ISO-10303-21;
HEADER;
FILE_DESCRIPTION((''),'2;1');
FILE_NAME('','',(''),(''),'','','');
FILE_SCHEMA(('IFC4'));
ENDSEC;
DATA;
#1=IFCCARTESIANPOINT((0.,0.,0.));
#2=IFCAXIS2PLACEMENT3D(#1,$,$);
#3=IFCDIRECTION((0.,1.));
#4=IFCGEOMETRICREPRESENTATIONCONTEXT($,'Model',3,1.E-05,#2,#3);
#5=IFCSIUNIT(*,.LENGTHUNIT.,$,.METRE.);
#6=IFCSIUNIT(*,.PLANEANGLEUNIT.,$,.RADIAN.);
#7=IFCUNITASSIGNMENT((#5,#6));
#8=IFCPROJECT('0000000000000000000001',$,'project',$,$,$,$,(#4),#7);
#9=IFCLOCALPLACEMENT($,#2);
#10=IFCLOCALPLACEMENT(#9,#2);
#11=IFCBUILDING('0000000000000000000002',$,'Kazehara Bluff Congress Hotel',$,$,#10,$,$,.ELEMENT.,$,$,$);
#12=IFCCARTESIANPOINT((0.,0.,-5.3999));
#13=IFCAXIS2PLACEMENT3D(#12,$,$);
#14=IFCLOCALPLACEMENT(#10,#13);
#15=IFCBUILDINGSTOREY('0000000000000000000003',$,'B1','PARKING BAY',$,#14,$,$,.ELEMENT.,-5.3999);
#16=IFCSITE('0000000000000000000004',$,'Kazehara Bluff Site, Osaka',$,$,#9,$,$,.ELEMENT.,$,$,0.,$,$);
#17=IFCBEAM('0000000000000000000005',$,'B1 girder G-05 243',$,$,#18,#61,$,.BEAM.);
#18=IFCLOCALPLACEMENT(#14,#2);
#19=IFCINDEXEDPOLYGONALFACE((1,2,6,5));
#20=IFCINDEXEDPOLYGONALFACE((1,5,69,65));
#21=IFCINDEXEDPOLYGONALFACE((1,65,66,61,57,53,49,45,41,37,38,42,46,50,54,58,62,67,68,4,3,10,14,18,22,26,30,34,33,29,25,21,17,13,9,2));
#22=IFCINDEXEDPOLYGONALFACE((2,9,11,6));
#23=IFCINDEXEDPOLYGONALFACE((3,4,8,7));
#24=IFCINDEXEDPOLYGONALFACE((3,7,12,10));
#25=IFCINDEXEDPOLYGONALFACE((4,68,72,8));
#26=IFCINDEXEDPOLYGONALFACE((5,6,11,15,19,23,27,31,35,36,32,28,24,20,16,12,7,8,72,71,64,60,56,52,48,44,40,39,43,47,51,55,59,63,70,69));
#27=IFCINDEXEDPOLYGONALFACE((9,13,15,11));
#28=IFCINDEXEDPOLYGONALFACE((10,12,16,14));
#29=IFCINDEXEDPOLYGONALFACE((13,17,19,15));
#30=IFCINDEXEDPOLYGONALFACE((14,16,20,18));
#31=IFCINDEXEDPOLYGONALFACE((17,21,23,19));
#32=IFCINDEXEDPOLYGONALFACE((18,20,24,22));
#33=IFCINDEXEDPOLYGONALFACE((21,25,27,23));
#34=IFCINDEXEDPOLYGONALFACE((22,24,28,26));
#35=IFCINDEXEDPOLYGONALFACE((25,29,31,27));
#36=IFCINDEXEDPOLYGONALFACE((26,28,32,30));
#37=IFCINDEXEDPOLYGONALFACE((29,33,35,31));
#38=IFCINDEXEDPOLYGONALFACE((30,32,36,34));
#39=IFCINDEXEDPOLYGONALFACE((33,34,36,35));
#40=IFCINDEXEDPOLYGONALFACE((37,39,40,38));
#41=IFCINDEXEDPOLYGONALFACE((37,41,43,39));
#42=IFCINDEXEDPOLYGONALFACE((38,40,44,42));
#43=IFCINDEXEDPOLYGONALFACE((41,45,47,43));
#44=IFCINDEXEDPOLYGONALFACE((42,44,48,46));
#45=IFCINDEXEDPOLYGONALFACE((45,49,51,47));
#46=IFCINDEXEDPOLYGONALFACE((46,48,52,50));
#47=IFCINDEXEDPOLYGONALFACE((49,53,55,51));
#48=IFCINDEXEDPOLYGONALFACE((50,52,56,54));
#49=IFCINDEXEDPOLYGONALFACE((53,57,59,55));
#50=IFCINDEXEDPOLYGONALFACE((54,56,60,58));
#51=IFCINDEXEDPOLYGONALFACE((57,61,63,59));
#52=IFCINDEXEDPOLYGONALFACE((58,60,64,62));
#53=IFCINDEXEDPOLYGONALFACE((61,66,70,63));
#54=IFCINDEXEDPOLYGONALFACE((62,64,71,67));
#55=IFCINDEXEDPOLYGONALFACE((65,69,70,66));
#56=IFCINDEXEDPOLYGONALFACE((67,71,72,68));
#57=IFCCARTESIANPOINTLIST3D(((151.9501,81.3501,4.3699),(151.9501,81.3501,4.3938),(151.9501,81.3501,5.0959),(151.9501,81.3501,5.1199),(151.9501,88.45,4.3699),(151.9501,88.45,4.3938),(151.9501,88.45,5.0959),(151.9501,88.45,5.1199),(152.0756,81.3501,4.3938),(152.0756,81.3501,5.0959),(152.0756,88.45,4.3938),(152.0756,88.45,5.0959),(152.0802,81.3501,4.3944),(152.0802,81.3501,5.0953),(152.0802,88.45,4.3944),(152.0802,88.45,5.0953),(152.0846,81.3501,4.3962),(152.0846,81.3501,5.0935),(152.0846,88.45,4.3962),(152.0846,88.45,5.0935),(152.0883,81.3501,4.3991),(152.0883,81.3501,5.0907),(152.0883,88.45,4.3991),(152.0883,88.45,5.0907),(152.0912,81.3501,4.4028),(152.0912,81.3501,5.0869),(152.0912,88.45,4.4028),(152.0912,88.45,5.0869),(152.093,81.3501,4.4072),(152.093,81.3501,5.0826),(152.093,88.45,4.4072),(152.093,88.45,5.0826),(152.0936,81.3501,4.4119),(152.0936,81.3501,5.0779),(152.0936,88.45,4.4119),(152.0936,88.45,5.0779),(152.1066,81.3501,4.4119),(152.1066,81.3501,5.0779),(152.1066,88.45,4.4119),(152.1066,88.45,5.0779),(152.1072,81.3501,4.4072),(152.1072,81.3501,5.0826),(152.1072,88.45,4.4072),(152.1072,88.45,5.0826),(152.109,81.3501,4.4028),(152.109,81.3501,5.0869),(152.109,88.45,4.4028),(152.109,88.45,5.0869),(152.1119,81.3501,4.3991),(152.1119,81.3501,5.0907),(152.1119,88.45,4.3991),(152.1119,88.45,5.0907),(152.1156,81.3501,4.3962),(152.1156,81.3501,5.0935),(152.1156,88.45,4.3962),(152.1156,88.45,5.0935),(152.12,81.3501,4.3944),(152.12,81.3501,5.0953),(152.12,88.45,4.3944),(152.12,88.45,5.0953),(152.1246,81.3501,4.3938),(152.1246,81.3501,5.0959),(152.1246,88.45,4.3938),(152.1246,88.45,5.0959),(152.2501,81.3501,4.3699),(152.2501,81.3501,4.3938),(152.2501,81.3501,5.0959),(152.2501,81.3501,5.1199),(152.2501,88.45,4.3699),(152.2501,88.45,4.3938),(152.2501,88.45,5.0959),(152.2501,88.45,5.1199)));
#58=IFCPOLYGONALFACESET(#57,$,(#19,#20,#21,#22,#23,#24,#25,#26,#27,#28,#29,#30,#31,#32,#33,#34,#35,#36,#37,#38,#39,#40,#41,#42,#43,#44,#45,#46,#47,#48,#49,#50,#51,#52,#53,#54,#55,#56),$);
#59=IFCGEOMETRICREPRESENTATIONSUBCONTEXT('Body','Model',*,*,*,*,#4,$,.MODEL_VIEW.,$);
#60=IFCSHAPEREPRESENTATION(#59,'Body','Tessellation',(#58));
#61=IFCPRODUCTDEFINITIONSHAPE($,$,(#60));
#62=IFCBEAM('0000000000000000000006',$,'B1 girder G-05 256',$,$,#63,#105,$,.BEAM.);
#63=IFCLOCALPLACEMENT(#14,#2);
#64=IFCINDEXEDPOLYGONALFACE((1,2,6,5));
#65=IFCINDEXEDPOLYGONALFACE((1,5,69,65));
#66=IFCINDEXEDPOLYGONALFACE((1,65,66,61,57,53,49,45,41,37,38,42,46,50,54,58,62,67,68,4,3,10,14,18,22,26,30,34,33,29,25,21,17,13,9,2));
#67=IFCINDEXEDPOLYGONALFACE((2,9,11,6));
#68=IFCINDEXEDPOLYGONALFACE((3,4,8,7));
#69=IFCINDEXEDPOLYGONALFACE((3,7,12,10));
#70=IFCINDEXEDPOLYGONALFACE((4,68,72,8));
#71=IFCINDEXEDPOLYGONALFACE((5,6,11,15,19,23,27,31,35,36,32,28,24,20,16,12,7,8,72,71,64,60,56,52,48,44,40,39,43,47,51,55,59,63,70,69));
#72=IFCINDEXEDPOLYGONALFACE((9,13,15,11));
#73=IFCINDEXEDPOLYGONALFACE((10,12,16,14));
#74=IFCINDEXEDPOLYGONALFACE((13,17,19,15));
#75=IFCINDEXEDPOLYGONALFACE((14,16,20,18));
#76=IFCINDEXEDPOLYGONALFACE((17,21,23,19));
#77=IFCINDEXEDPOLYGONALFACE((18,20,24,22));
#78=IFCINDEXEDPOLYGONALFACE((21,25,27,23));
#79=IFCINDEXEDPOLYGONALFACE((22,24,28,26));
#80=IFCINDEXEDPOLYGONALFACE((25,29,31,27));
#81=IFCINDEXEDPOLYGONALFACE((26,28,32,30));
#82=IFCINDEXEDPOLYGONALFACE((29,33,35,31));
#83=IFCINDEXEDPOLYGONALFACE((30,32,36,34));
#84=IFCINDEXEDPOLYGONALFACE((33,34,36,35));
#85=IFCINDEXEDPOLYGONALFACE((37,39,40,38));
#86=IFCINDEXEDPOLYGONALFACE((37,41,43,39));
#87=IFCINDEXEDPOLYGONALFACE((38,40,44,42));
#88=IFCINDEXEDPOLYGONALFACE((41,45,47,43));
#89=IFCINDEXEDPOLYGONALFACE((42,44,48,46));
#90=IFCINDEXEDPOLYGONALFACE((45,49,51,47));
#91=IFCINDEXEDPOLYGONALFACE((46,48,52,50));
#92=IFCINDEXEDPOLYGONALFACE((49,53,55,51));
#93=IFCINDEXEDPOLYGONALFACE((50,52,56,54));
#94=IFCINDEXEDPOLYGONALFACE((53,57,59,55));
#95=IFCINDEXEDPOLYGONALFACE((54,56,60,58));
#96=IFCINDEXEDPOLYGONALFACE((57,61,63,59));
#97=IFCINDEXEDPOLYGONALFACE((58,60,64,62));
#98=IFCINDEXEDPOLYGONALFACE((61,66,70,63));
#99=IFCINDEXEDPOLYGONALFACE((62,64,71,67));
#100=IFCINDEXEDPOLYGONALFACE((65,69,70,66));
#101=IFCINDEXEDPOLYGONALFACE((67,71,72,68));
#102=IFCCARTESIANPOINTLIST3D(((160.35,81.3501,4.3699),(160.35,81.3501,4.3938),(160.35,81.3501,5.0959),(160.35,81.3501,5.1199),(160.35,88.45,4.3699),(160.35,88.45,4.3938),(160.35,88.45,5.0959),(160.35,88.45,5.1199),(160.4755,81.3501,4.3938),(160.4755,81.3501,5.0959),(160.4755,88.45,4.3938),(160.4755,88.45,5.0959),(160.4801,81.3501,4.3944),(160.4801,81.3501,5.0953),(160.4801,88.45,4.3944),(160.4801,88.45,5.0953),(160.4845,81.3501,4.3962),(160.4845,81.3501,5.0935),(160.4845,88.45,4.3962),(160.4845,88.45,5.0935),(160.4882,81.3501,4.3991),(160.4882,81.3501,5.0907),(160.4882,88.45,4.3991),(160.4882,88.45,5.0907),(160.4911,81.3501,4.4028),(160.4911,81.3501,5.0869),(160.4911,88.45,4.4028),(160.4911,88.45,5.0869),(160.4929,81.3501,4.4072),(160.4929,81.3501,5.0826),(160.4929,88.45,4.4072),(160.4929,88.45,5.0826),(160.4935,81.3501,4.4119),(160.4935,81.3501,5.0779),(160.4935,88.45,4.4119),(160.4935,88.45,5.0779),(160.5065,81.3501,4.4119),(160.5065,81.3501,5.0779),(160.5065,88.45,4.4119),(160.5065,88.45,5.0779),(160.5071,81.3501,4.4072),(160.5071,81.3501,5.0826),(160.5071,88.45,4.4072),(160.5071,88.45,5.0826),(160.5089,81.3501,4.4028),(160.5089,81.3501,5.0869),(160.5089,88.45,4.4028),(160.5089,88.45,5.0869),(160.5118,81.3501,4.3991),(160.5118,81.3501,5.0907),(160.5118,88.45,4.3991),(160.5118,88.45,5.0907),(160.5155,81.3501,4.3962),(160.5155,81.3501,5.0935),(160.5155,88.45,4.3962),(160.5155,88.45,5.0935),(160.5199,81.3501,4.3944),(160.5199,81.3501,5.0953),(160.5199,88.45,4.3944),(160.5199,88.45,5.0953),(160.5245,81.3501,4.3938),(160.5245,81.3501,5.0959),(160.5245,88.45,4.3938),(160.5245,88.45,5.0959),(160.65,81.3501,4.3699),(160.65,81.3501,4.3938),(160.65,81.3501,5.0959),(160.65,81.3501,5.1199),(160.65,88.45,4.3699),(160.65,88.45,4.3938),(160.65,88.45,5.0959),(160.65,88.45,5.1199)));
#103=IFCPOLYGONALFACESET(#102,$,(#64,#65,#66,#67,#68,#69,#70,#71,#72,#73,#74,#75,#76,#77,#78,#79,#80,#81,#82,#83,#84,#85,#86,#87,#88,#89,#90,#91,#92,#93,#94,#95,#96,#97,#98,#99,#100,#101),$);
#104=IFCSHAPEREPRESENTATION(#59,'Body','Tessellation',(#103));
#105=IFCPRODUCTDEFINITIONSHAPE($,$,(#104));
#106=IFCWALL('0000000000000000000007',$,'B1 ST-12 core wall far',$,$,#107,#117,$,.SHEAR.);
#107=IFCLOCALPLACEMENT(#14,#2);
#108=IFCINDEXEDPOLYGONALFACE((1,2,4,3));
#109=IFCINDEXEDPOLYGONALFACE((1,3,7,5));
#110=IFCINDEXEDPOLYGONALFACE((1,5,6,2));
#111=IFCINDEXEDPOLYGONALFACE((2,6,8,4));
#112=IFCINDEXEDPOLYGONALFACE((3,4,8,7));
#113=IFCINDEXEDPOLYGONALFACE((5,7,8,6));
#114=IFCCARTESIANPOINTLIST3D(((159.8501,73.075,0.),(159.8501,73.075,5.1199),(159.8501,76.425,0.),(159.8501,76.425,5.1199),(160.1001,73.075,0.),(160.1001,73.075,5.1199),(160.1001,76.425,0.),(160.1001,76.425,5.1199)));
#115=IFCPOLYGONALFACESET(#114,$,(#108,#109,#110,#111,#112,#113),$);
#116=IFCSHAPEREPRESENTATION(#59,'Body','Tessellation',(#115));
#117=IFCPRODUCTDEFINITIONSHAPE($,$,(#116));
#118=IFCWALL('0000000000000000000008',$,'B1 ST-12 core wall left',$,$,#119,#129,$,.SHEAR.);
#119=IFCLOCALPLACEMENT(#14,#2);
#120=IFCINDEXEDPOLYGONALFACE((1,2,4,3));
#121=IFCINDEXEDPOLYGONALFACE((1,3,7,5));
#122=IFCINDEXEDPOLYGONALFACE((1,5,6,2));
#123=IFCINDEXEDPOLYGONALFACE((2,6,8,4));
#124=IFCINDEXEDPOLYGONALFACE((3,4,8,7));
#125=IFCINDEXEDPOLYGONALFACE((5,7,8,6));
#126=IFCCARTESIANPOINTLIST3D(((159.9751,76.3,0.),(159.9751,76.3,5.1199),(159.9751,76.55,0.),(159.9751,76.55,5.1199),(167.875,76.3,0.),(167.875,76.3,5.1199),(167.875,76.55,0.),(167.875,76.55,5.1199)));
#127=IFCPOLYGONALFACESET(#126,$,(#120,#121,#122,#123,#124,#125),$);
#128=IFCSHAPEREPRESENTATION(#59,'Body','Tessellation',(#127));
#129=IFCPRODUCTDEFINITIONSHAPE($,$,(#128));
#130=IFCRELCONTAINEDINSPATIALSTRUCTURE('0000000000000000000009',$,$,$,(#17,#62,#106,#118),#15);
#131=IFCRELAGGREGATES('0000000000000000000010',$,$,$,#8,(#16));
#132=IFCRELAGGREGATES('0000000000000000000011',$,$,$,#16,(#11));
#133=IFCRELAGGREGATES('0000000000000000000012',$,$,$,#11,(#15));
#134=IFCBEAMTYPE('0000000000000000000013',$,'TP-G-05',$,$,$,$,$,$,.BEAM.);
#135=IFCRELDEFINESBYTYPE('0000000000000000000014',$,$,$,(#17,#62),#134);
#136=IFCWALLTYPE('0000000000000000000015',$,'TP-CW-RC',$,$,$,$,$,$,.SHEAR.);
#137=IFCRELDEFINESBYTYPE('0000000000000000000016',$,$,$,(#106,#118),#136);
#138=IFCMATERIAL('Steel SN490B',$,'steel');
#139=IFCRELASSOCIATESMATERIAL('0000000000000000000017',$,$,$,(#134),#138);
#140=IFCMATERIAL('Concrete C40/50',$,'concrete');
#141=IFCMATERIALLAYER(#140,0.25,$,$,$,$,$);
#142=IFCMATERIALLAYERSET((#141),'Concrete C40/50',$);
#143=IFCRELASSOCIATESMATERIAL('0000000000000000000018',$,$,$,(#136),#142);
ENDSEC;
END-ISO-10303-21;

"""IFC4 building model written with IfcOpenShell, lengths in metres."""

from ifc_helpers import new_model, si_unit, direction, frame, frame_2d, origin, origin_2d, place, context, subcontext, project, spatial, rectangle, i_section, extrude, material, layer, layer_set, material_profile, profile_set, type_object, element, save


model = new_model("IFC4")

# Units and contexts
model_context = context("Model", 3, precision=1e-05, world=origin(), true_north=direction((0.0, 1.0)))
body_context = subcontext(model_context, "Body", "Model", "MODEL_VIEW")
ifc_project = project(units=[si_unit("LENGTHUNIT", "METRE"), si_unit("PLANEANGLEUNIT", "RADIAN")], contexts=[model_context])

# Site, building, storey
site_placement = place(None, origin())
site = spatial("IfcSite", under=ifc_project, at=site_placement, Name="Kazehara Bluff Site, Osaka", CompositionType="ELEMENT", RefElevation=0.0)
building_placement = place(site_placement, origin())
building = spatial("IfcBuilding", under=site, at=building_placement, Name="Kazehara Bluff Congress Hotel", CompositionType="ELEMENT")
storey_placement = place(building_placement, frame((0.0, 0.0, -5.3999)))
storey = spatial("IfcBuildingStorey", under=building, at=storey_placement, Name="B1", Description="PARKING BAY", CompositionType="ELEMENT", Elevation=-5.3999)

# Beams
ifc_material_1 = material(Name="Steel SN490B", Category="steel")
ifc_material_profile_1 = material_profile(ifc_material_1, i_section(OverallWidth=0.3, OverallDepth=0.75, WebThickness=0.0129, FlangeThickness=0.0239, FilletRadius=0.0181, at=origin_2d()))
ifc_profile_set_1 = profile_set([ifc_material_profile_1], Name="Steel SN490B")
beam_type_1 = type_object("IfcBeamType", Name="TP-G-05", PredefinedType="BEAM", material=ifc_profile_set_1)
for number, where, z_axis, x_axis, name in (
    (1, (152.1001, 81.3501, 4.7449), (0.0, 1.0, 0.0), (-1.0, 0.0, 0.0), "B1 girder G-05 243"),
    (2, (160.5, 81.3501, 4.7449), (0.0, 1.0, 0.0), (-1.0, 0.0, 0.0), "B1 girder G-05 256"),
):
    element("IfcBeam", number, at=place(storey_placement, frame(where, z_axis=z_axis, x_axis=x_axis)), inside=storey, type_object=beam_type_1, Name=name, PredefinedType="BEAM", context=body_context, shape_type="SweptSolid", body=[
        extrude(i_section(OverallWidth=0.3, OverallDepth=0.75, WebThickness=0.0129, FlangeThickness=0.0239, FilletRadius=0.0181, at=origin_2d()), origin(), (0.0, 0.0, 1.0), 7.0999),
    ])

# Walls
ifc_material_2 = material(Name="Concrete C40/50", Category="concrete")
ifc_layer_1 = layer(ifc_material_2, 0.25)
ifc_layer_set_1 = layer_set([ifc_layer_1], Name="Concrete C40/50")
wall_type = type_object("IfcWallType", Name="TP-CW-RC", PredefinedType="SHEAR", material=ifc_layer_set_1)
wall_1_placement = place(storey_placement, frame((159.9751, 73.075, 0.0), z_axis=(0.0, 0.0, 1.0), x_axis=(0.0, 1.0, 0.0)))
element("IfcWall", 3, at=wall_1_placement, inside=storey, type_object=wall_type, Name="B1 ST-12 core wall far", PredefinedType="SHEAR", context=body_context, shape_type="SweptSolid", body=[
    extrude(rectangle(XDim=3.3501, YDim=0.25, at=frame_2d((1.675, 0.0))), origin(), (0.0, 0.0, 1.0), 5.1199),
])
wall_2_placement = place(storey_placement, frame((159.9751, 76.425, 0.0), z_axis=(0.0, 0.0, 1.0), x_axis=(1.0, 0.0, 0.0)))
element("IfcWall", 4, at=wall_2_placement, inside=storey, type_object=wall_type, Name="B1 ST-12 core wall left", PredefinedType="SHEAR", context=body_context, shape_type="SweptSolid", body=[
    extrude(rectangle(XDim=7.8999, YDim=0.25, at=frame_2d((3.95, 0.0))), origin(), (0.0, 0.0, 1.0), 5.1199),
])

save(model, "model.ifc")
